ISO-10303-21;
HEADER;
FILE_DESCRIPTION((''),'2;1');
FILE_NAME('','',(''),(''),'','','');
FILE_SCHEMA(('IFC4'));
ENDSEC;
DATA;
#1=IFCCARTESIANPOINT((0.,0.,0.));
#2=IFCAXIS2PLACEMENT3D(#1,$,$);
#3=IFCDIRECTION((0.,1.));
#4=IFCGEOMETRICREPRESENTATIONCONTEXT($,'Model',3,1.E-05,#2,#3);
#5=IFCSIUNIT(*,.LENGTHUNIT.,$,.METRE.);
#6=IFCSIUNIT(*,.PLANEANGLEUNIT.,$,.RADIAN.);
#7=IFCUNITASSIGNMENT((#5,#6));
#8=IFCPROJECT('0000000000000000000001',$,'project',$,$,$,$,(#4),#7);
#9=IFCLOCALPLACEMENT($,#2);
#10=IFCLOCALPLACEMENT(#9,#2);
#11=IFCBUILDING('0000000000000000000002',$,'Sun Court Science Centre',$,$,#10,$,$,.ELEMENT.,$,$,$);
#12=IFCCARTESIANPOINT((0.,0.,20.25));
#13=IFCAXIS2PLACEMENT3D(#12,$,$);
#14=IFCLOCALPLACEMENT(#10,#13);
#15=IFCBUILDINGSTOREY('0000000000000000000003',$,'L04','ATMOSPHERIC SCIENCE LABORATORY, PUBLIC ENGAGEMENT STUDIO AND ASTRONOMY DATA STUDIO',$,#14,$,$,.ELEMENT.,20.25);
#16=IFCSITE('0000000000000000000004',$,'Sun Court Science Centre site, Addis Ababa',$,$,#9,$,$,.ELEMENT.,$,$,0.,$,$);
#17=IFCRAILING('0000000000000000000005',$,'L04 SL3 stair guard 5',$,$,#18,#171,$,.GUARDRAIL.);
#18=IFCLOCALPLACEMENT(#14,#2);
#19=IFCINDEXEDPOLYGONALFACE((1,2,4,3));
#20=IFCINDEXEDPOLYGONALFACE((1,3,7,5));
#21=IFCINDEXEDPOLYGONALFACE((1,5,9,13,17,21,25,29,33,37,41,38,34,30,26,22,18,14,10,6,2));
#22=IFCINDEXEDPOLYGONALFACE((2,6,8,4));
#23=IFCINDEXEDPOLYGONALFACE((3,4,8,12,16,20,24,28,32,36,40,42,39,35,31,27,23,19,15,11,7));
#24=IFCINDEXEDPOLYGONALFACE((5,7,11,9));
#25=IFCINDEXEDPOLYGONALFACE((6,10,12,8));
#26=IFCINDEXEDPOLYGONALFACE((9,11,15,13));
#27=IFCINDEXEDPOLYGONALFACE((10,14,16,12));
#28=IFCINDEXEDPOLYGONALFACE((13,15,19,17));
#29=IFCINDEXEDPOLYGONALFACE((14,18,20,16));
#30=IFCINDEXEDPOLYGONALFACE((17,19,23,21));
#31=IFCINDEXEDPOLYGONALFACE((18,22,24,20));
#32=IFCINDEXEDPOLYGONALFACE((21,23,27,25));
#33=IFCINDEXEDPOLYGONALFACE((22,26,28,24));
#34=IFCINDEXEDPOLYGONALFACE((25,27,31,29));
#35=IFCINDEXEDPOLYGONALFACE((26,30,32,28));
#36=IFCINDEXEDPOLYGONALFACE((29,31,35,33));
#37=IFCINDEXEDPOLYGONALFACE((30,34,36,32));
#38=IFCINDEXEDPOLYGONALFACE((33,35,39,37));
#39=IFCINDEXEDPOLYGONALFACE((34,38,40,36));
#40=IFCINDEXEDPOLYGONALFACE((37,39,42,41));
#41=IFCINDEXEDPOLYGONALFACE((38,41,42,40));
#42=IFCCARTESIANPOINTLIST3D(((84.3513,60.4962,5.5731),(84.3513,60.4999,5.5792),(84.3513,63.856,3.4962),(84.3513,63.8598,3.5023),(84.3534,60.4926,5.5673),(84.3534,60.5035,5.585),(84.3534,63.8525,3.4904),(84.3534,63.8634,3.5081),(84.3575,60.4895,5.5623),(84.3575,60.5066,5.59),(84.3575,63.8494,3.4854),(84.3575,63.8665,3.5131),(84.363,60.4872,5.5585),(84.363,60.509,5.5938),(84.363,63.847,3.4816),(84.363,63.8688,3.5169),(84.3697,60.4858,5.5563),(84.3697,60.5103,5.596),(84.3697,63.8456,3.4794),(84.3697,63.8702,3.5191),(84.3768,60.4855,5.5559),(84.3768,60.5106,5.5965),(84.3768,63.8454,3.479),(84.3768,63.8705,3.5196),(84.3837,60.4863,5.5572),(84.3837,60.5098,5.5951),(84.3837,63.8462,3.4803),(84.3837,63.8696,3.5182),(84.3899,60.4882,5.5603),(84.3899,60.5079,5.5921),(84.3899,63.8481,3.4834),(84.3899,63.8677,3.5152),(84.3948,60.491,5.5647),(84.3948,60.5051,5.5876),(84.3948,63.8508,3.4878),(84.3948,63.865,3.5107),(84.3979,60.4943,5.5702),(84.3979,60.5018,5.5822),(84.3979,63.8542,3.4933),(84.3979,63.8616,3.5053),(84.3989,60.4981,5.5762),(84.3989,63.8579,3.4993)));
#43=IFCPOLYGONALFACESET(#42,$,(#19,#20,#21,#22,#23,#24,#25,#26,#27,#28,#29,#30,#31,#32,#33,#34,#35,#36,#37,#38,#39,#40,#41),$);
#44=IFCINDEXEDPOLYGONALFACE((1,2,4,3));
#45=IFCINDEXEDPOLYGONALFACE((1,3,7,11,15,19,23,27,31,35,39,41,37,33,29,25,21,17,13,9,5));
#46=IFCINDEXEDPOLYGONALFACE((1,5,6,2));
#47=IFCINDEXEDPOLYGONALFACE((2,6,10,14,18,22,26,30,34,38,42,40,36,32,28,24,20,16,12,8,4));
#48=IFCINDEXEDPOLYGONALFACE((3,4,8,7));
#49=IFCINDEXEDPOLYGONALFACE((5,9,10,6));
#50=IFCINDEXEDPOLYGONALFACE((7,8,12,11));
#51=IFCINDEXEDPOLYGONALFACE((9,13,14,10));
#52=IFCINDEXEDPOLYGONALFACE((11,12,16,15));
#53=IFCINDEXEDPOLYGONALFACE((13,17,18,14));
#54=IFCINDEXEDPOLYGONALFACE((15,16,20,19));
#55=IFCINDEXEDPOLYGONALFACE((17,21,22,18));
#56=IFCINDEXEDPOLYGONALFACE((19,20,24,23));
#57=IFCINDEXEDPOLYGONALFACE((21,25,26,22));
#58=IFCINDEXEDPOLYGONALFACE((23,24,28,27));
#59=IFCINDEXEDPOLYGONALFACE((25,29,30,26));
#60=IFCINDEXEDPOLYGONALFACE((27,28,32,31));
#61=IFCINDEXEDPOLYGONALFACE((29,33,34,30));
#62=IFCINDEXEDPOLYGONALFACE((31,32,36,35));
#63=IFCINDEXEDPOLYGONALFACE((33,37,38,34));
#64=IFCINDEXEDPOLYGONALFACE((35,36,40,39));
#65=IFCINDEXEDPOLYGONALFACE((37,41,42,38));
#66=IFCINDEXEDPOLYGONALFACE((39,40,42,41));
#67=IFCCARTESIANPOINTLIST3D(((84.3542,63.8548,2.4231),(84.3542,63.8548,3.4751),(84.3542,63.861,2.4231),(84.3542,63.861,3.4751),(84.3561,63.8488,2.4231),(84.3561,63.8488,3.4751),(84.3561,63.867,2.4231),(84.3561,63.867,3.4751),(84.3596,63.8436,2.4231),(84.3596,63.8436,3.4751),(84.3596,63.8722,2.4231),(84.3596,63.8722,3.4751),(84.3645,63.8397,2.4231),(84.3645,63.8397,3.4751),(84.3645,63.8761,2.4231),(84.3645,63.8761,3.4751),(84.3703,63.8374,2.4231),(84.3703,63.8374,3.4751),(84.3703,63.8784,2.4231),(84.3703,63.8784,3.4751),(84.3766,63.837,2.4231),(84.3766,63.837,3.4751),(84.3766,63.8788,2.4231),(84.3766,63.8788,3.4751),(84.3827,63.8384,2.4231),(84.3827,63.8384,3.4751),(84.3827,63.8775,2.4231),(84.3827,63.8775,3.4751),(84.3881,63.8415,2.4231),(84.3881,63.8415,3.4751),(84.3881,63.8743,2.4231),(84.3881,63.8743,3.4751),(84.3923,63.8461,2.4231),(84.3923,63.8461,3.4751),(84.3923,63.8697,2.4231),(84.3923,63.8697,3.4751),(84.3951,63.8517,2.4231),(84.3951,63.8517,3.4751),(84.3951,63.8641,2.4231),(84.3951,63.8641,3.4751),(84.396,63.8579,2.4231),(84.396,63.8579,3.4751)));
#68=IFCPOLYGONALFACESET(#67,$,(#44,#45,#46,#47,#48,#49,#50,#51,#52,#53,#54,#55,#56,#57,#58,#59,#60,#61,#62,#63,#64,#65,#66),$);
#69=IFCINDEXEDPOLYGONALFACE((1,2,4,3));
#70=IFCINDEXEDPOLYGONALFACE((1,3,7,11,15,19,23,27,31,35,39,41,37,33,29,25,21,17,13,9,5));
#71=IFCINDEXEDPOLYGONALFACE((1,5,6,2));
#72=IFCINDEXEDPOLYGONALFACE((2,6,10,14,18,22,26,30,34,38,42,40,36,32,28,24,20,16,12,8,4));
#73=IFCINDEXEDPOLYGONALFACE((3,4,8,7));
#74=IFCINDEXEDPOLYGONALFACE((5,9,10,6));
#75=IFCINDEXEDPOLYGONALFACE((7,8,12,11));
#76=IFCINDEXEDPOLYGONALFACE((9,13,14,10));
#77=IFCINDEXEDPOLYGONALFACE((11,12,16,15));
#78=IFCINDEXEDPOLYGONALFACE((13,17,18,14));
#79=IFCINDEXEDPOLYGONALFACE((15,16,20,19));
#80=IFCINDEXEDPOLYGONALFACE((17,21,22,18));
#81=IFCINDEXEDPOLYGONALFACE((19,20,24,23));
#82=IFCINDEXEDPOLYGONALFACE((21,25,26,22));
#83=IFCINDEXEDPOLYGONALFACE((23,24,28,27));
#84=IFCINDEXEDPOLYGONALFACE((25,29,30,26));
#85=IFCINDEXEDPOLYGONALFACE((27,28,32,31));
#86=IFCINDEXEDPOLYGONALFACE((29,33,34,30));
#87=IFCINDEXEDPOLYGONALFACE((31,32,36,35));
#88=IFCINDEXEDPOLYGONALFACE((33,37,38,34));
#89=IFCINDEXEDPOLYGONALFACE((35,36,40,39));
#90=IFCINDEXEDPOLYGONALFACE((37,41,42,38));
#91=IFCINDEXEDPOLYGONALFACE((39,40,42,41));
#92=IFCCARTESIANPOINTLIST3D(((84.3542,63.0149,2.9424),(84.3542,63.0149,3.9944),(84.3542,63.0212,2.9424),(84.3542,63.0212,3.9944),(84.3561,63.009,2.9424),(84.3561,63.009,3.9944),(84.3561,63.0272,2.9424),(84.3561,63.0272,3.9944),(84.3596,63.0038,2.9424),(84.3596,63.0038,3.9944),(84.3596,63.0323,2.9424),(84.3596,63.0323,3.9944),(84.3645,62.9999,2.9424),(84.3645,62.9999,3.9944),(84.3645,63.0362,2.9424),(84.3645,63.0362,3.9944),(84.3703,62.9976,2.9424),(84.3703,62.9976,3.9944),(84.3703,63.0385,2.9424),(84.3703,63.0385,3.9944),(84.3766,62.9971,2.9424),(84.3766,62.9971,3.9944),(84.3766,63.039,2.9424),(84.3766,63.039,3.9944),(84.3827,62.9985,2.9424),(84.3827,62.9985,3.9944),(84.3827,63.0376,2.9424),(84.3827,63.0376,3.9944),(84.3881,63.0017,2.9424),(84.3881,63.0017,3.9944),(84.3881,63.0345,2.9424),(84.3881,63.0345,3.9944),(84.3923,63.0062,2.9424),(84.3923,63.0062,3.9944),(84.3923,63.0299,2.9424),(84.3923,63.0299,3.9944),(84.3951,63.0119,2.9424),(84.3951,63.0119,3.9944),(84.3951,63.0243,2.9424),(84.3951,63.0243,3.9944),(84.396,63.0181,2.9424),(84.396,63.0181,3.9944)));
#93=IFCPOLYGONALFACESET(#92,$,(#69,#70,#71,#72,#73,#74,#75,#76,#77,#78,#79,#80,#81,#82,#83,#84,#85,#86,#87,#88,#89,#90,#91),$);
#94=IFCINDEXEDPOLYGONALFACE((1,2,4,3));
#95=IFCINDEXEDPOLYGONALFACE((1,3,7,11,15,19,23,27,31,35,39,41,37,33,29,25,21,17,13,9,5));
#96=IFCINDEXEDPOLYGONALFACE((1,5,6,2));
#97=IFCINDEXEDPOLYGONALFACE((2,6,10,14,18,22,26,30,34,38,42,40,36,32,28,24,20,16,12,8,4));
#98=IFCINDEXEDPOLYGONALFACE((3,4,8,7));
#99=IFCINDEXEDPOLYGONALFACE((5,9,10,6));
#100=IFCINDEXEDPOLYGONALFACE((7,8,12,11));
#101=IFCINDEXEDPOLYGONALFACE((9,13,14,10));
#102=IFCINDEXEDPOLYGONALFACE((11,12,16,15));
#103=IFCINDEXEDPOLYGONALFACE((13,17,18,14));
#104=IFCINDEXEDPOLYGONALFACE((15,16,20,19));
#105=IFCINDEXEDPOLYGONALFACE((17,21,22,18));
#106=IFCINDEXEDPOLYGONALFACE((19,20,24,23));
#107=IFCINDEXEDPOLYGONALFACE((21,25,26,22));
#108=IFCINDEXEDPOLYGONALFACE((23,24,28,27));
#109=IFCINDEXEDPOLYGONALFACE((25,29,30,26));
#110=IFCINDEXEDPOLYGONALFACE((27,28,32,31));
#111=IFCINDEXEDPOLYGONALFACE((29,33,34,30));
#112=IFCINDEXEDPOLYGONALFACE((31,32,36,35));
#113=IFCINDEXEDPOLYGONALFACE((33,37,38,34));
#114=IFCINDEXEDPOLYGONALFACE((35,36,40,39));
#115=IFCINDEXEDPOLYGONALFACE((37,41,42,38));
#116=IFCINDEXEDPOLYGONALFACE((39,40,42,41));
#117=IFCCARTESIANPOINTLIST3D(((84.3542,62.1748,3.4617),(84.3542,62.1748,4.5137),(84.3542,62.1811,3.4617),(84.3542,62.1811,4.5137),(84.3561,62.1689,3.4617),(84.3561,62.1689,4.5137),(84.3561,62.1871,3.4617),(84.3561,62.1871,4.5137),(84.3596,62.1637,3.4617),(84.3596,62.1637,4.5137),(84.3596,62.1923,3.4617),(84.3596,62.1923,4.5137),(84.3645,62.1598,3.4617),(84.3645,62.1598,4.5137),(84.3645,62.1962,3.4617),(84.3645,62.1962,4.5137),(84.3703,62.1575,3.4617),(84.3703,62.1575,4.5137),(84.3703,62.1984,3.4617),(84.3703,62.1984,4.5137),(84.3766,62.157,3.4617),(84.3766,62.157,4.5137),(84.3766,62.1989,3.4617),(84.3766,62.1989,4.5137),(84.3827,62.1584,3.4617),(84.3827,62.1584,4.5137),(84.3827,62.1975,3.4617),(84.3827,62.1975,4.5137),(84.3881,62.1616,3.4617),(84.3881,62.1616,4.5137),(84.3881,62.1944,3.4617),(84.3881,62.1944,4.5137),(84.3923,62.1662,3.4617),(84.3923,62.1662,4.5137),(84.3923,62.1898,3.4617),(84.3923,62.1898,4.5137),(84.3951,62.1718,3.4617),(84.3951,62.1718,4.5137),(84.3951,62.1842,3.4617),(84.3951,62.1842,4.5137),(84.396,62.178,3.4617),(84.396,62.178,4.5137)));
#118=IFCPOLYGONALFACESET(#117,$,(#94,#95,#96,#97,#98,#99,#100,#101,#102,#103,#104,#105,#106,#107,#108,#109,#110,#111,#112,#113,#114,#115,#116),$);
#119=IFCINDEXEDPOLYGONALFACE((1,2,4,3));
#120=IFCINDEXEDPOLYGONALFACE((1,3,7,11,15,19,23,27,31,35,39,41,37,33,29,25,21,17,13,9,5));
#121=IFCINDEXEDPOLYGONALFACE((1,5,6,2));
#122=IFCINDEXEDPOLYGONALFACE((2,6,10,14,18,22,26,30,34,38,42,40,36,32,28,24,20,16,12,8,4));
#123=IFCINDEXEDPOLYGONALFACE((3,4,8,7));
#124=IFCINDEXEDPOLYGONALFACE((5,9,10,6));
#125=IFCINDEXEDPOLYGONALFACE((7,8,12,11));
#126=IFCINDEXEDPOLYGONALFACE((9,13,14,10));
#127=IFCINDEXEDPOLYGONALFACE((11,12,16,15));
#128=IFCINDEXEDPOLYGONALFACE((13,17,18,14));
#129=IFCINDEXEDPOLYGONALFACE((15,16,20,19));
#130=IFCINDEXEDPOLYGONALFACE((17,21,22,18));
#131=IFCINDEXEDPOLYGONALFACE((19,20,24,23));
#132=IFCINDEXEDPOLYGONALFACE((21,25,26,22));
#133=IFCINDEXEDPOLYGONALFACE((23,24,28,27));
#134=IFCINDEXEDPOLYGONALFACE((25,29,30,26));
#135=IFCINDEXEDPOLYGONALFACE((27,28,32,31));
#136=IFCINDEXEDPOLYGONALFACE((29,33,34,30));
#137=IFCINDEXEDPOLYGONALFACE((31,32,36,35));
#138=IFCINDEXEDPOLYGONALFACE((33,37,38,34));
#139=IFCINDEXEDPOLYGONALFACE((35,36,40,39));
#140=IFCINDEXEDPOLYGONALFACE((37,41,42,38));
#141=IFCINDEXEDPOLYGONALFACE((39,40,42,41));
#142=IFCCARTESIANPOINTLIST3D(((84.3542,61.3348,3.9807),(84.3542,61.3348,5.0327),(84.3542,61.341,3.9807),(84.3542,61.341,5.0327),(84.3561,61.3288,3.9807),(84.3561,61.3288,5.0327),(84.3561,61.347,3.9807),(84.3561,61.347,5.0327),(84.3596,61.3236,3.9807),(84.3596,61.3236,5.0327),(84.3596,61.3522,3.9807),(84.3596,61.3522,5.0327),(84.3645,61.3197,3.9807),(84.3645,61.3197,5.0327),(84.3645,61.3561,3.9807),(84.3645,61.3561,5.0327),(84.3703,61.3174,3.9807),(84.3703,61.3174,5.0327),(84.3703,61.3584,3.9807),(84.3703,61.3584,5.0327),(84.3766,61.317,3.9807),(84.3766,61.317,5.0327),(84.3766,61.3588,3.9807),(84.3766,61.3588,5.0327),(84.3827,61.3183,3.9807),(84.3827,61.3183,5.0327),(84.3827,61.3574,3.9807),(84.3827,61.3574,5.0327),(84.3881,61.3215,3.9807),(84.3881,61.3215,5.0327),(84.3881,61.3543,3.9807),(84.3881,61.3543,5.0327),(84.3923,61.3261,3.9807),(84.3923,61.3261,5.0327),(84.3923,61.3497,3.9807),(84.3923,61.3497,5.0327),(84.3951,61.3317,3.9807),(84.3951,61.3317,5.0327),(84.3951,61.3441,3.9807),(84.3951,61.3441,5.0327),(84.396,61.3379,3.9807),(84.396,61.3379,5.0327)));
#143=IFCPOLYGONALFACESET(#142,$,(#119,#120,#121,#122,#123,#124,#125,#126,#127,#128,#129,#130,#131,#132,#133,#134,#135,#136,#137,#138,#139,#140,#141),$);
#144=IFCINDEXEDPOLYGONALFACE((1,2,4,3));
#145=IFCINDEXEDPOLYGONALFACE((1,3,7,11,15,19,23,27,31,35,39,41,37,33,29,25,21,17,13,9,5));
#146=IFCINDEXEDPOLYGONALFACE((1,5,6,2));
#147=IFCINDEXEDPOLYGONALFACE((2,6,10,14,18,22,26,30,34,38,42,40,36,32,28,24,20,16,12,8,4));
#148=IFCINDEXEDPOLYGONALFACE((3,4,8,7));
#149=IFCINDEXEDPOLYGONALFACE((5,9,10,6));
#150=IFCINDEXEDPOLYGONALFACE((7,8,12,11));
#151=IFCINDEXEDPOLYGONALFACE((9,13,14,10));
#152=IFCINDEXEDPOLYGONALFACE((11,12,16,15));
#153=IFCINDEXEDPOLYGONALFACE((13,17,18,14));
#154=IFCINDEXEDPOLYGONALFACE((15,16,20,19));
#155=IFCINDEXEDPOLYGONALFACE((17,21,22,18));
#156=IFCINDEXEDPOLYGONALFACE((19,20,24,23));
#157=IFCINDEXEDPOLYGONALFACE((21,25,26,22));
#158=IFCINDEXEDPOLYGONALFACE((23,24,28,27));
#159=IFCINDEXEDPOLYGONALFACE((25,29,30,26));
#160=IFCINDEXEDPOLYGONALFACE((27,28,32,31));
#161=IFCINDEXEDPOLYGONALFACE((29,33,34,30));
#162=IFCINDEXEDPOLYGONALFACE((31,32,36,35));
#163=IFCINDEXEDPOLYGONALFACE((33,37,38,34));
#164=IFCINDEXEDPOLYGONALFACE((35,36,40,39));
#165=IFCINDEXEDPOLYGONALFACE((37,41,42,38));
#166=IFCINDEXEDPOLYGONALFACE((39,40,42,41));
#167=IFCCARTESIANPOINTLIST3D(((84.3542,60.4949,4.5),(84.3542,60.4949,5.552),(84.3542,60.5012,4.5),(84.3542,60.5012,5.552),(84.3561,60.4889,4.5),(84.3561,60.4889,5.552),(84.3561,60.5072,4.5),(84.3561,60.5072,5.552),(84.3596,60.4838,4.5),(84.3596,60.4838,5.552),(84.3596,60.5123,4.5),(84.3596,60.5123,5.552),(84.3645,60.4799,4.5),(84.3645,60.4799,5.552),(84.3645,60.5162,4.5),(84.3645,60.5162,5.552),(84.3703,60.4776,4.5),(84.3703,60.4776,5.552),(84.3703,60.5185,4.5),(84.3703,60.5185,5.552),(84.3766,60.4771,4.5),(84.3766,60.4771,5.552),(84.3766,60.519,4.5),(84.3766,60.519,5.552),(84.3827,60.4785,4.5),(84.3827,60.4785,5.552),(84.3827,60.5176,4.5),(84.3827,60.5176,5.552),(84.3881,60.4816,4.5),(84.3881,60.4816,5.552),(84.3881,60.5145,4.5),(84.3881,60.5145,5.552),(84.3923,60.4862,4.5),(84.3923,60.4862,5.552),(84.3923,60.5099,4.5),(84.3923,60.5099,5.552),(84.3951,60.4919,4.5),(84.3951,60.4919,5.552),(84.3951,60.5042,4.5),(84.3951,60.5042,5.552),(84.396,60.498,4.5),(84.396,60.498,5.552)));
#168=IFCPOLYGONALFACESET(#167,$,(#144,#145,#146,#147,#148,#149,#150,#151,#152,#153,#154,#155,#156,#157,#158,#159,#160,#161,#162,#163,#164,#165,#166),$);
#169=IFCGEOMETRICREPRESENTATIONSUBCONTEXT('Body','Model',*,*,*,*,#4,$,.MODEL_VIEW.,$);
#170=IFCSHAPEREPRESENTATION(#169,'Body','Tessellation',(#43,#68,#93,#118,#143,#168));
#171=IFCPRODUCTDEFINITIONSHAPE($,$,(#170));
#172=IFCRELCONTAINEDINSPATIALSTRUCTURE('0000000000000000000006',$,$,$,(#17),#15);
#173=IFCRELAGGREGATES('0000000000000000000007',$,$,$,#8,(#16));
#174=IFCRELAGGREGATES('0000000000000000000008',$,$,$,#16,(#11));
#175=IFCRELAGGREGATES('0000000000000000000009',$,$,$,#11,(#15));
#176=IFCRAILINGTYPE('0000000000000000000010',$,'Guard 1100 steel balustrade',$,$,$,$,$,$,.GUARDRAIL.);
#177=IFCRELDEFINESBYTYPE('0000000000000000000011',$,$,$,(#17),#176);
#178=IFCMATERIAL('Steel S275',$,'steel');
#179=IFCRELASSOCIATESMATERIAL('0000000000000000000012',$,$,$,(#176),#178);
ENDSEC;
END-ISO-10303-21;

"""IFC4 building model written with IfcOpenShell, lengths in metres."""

from ifc_helpers import new_model, si_unit, direction, frame, origin, origin_2d, place, context, subcontext, project, spatial, circle, extrude, material, type_object, element, save


model = new_model("IFC4")

# Units and contexts
model_context = context("Model", 3, precision=1e-05, world=origin(), true_north=direction((0.0, 1.0)))
body_context = subcontext(model_context, "Body", "Model", "MODEL_VIEW")
ifc_project = project(units=[si_unit("LENGTHUNIT", "METRE"), si_unit("PLANEANGLEUNIT", "RADIAN")], contexts=[model_context])

# Site, building, storey
site_placement = place(None, origin())
site = spatial("IfcSite", under=ifc_project, at=site_placement, Name="Sun Court Science Centre site, Addis Ababa", CompositionType="ELEMENT", RefElevation=0.0)
building_placement = place(site_placement, origin())
building = spatial("IfcBuilding", under=site, at=building_placement, Name="Sun Court Science Centre", CompositionType="ELEMENT")
storey_placement = place(building_placement, frame((0.0, 0.0, 20.25)))
storey = spatial("IfcBuildingStorey", under=building, at=storey_placement, Name="L04", Description="ATMOSPHERIC SCIENCE LABORATORY, PUBLIC ENGAGEMENT STUDIO AND ASTRONOMY DATA STUDIO", CompositionType="ELEMENT", Elevation=20.25)

# Railing
ifc_material_1 = material(Name="Steel S275", Category="steel")
railing_type = type_object("IfcRailingType", Name="Guard 1100 steel balustrade", PredefinedType="GUARDRAIL", material=ifc_material_1)
railing_1_placement = place(storey_placement, frame((84.375, 63.8579, 2.4231)))
element("IfcRailing", 1, at=railing_1_placement, inside=storey, type_object=railing_type, Name="L04 SL3 stair guard 5", PredefinedType="GUARDRAIL", context=body_context, shape_type="SweptSolid", body=[
    extrude(circle(Radius=0.0239, at=origin_2d()), frame((0.0, 0.0, 1.0762), z_axis=(0.0, -0.850606, 0.525803), x_axis=(1.0, 0.0, 0.0)), (0.0, 0.0, 1.0), 3.95),
    extrude(circle(Radius=0.021, at=origin_2d()), origin(), (0.0, 0.0, 1.0), 1.052),
    extrude(circle(Radius=0.021, at=origin_2d()), frame((0.0, -0.8398, 0.5193)), (0.0, 0.0, 1.0), 1.052),
    extrude(circle(Radius=0.021, at=origin_2d()), frame((0.0, -1.6799, 1.0386)), (0.0, 0.0, 1.0), 1.052),
    extrude(circle(Radius=0.021, at=origin_2d()), frame((0.0, -2.52, 1.5576)), (0.0, 0.0, 1.0), 1.052),
    extrude(circle(Radius=0.021, at=origin_2d()), frame((0.0, -3.3599, 2.0769)), (0.0, 0.0, 1.0), 1.052),
])

save(model, "model.ifc")
